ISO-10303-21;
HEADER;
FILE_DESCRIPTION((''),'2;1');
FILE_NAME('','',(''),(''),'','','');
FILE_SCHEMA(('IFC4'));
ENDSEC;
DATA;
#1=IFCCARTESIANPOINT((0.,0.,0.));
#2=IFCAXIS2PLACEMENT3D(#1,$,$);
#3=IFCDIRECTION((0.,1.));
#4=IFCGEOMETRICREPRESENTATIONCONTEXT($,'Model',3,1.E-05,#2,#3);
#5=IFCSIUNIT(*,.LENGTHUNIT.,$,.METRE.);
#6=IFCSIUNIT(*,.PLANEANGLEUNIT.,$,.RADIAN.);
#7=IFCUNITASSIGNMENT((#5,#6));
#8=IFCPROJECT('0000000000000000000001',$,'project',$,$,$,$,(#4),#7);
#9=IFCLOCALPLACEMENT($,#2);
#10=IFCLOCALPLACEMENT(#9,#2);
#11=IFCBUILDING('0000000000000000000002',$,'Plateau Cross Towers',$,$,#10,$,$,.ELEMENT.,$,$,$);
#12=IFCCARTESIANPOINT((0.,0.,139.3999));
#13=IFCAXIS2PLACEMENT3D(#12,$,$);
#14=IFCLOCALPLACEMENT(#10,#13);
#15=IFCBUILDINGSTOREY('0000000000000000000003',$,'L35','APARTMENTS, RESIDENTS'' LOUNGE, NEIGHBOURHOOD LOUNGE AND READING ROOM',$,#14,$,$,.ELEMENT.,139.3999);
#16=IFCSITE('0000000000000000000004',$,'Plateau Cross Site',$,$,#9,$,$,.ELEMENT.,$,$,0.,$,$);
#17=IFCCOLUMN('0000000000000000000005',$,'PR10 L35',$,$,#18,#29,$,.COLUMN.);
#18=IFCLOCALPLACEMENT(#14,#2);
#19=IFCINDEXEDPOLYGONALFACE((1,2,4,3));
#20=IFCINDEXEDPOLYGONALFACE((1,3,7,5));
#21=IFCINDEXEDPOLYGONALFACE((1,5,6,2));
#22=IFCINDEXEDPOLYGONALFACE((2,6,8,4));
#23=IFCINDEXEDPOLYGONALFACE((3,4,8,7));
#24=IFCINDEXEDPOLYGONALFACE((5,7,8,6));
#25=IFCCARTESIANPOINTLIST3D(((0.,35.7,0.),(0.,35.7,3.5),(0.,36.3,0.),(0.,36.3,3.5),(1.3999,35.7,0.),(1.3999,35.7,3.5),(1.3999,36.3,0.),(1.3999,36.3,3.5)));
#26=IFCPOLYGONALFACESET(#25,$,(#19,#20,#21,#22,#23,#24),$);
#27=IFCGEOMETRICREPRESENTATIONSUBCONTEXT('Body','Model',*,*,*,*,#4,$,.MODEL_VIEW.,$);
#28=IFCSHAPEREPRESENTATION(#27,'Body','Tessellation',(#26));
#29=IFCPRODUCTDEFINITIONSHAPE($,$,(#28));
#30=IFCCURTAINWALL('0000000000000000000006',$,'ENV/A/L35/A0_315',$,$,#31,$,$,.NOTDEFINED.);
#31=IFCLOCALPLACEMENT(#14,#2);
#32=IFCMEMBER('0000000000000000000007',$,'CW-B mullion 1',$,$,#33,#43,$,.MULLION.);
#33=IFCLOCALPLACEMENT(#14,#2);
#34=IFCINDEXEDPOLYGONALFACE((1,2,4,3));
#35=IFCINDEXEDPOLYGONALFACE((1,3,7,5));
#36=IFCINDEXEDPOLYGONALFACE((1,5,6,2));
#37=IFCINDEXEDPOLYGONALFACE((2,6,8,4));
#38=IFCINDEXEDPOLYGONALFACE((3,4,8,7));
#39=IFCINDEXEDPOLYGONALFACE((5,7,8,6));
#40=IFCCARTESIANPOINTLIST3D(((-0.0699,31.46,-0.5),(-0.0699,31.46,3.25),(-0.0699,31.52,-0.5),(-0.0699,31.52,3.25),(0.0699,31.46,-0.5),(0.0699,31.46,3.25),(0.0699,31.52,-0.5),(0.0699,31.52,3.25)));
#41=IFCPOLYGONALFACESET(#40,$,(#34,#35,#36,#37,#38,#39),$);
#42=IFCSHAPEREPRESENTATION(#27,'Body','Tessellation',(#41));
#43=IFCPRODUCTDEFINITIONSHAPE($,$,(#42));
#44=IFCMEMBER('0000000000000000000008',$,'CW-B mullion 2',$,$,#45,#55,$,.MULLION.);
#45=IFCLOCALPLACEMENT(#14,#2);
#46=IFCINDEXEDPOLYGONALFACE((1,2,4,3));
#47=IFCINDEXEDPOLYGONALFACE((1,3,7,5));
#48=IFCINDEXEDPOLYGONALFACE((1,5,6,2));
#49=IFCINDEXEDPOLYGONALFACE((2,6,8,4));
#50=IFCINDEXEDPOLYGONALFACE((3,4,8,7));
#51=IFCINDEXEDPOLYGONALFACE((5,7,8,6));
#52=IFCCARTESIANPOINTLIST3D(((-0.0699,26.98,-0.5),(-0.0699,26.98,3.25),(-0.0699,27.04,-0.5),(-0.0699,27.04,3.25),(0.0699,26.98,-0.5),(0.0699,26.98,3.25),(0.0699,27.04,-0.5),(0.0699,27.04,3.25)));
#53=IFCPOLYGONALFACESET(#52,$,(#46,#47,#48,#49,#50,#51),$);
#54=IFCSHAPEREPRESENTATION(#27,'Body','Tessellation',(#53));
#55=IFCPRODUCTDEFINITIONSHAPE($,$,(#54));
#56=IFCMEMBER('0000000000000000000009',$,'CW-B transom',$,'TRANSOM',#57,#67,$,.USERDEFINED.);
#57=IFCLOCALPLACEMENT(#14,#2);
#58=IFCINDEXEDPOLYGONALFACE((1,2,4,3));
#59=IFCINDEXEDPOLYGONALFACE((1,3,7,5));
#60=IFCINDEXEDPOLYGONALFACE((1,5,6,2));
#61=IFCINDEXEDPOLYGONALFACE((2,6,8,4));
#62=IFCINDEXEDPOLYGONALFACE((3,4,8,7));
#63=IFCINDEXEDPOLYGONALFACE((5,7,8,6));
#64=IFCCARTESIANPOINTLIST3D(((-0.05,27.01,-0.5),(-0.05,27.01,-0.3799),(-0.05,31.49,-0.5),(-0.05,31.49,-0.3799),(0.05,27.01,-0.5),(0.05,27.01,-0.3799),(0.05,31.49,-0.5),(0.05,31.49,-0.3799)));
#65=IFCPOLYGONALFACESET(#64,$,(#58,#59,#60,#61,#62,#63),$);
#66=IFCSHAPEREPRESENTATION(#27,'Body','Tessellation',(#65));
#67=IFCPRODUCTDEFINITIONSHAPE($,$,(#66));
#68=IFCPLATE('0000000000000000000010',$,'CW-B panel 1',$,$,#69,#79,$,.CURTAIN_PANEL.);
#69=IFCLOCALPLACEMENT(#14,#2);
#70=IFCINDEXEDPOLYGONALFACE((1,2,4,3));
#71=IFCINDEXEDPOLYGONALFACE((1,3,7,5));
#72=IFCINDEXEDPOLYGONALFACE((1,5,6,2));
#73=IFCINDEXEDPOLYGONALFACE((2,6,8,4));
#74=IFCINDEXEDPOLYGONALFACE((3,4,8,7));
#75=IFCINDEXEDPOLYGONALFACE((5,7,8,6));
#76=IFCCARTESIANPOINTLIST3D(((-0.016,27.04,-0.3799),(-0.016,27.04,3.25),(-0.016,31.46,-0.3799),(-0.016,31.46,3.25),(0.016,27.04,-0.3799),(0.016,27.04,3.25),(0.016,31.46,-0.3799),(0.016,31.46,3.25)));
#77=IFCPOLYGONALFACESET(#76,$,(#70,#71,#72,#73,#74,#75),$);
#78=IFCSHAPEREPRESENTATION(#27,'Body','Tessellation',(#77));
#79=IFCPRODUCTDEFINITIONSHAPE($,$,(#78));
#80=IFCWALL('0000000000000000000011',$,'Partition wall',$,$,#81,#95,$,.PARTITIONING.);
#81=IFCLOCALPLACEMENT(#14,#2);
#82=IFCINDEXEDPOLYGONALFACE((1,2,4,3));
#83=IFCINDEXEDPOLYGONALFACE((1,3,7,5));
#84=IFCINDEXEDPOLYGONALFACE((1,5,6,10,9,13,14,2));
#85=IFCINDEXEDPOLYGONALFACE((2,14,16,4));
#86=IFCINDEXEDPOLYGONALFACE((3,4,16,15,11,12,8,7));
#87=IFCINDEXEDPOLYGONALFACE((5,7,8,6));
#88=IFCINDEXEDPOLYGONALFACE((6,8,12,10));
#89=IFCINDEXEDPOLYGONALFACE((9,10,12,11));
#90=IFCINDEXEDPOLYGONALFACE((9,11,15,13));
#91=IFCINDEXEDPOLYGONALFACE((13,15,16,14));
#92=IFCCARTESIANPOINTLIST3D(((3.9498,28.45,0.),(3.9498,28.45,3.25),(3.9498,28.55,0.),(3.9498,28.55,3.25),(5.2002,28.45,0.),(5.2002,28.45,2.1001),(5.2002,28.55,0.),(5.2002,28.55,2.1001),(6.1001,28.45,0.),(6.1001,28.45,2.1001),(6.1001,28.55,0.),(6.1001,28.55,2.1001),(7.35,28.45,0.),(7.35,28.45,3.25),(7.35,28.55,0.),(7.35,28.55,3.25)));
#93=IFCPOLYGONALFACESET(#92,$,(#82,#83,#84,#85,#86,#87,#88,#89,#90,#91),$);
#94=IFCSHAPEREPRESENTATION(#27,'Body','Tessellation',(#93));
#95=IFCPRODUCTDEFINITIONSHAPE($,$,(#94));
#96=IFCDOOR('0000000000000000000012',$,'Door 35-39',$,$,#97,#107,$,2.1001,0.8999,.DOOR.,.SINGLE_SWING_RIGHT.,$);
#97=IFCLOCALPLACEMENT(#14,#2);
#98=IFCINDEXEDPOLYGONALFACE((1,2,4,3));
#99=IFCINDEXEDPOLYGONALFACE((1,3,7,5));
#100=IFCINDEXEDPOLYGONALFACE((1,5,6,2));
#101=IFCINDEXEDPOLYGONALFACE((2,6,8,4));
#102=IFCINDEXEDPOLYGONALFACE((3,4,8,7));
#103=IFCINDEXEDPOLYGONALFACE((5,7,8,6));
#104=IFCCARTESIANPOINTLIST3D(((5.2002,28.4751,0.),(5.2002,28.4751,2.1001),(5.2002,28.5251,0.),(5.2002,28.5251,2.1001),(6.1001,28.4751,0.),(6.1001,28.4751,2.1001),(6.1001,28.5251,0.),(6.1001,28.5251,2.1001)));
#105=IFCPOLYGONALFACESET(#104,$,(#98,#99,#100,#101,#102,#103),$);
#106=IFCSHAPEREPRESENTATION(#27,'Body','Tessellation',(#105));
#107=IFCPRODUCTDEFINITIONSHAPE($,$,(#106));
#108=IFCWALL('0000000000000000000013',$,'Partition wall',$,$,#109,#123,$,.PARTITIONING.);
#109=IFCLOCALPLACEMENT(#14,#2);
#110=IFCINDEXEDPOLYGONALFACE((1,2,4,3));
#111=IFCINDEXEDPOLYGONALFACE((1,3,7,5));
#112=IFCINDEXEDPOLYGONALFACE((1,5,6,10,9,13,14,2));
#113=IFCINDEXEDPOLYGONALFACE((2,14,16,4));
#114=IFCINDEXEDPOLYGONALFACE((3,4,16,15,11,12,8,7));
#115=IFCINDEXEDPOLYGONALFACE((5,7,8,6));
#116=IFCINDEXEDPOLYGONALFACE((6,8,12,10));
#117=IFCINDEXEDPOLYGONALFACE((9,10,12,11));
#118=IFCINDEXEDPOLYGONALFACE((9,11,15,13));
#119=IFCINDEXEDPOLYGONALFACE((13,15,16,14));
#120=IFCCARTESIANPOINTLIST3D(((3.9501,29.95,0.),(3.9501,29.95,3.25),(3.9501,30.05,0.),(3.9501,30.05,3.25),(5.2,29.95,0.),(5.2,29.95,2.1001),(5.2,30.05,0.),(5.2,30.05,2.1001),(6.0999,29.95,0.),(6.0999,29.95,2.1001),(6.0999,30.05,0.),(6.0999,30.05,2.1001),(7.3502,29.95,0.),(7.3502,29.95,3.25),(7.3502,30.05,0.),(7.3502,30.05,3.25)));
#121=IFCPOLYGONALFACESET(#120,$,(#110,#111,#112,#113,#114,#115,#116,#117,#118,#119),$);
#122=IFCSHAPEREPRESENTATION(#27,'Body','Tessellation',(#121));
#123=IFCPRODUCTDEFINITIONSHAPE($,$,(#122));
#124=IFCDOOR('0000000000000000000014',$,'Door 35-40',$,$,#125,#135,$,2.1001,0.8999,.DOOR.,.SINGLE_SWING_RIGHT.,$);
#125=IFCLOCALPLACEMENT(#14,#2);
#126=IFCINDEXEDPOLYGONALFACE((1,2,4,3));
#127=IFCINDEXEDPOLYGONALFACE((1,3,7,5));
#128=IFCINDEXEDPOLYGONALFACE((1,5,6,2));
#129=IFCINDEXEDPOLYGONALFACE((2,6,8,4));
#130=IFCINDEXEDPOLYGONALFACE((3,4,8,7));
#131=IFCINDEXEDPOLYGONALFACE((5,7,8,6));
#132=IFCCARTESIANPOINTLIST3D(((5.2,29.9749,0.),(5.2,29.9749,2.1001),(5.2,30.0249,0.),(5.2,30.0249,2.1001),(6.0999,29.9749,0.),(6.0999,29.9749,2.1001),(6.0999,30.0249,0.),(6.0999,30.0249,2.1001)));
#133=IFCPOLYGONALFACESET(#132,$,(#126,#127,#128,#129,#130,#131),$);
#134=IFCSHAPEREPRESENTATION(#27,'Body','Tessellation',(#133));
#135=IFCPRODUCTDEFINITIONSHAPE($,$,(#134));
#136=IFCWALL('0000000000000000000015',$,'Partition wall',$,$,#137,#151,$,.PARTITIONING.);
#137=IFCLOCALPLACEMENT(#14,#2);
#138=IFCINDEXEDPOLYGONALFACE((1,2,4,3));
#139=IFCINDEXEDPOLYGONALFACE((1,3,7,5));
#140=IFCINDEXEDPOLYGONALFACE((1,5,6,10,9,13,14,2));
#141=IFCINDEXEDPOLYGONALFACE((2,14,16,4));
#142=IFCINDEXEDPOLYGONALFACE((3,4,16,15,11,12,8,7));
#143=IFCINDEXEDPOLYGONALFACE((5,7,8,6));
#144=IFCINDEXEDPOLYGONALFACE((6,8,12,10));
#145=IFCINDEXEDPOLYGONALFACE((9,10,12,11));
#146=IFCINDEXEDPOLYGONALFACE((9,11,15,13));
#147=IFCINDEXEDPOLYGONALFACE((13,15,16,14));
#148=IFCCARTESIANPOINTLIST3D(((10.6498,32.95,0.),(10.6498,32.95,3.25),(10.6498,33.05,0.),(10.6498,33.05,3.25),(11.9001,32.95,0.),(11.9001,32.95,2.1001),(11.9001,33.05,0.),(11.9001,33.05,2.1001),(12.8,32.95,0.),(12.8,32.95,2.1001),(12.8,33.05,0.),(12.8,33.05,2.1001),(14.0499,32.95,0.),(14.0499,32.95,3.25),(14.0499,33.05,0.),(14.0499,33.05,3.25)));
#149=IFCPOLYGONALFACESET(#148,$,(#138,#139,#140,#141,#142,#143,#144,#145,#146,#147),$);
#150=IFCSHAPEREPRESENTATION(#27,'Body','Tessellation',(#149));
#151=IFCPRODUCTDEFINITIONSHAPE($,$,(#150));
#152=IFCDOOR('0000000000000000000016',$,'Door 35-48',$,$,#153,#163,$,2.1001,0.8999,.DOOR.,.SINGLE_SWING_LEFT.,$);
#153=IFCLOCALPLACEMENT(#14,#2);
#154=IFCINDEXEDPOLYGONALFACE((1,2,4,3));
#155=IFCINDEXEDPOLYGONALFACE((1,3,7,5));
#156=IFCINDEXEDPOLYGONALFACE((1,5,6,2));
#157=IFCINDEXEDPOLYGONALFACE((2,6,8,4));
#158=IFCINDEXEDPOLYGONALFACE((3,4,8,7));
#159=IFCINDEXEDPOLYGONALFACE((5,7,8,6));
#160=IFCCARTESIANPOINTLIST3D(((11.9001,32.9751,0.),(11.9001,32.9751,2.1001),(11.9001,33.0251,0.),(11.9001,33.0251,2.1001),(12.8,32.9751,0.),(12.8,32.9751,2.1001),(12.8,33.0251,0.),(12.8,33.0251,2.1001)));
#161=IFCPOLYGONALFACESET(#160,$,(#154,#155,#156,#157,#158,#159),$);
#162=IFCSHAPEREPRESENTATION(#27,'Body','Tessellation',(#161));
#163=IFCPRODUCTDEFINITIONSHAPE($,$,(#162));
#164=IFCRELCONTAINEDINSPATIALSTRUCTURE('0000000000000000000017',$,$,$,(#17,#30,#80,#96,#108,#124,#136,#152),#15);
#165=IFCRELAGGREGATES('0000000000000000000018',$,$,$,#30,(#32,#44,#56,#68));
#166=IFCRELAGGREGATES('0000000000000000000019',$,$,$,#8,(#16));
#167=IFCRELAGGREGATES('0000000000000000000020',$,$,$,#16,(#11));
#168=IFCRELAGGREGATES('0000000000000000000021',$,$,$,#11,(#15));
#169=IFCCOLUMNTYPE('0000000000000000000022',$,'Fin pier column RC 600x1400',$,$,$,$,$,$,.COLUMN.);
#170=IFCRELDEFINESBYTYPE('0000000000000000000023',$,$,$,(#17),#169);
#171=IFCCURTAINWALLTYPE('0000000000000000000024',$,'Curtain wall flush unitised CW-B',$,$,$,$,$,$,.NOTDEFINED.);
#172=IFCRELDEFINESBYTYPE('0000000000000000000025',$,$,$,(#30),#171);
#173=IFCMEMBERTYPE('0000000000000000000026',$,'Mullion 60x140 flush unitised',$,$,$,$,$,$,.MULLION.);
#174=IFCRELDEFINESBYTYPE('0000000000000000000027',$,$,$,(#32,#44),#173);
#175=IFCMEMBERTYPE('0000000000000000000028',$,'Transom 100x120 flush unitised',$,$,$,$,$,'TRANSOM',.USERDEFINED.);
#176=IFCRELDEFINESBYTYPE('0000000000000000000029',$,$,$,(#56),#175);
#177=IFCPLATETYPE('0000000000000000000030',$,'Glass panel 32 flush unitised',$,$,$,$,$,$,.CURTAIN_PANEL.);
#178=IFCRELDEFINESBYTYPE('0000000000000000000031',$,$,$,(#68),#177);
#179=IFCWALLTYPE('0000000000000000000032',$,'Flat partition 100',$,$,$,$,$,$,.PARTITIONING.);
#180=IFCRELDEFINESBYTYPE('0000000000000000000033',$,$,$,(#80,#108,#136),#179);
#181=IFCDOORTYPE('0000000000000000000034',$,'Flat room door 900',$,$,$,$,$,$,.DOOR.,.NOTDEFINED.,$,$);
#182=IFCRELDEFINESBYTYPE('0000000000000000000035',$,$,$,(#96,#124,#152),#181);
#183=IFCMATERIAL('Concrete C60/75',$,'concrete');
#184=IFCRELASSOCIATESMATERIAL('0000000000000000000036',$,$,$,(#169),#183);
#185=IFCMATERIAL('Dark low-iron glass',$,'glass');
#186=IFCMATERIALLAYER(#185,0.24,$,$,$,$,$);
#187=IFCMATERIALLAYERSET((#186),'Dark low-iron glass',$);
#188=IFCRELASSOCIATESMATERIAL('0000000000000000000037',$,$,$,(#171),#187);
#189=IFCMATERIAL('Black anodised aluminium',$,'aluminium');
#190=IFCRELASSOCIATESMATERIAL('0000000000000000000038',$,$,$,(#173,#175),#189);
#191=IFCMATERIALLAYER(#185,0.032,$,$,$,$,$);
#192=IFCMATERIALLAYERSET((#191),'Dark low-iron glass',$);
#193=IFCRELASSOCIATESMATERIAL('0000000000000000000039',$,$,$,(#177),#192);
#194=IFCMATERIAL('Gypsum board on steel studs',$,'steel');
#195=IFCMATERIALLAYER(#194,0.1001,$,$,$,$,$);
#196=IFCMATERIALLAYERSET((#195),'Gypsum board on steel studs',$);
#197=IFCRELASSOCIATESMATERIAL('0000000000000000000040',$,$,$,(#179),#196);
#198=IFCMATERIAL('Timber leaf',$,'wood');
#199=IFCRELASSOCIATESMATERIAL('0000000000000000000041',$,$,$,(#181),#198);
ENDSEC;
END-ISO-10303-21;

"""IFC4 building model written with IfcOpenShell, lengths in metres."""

from ifc_helpers import new_model, si_unit, direction, frame, frame_2d, origin, origin_2d, place, context, subcontext, project, spatial, rectangle, extrude, material, layer, layer_set, material_profile, profile_set, type_object, element, fill, aggregate, save


model = new_model("IFC4")

# Units and contexts
model_context = context("Model", 3, precision=1e-05, world=origin(), true_north=direction((0.0, 1.0)))
body_context = subcontext(model_context, "Body", "Model", "MODEL_VIEW")
ifc_project = project(units=[si_unit("LENGTHUNIT", "METRE"), si_unit("PLANEANGLEUNIT", "RADIAN")], contexts=[model_context])

# Site, building, storey
site_placement = place(None, origin())
site = spatial("IfcSite", under=ifc_project, at=site_placement, Name="Plateau Cross Site", CompositionType="ELEMENT", RefElevation=0.0)
building_placement = place(site_placement, origin())
building = spatial("IfcBuilding", under=site, at=building_placement, Name="Plateau Cross Towers", CompositionType="ELEMENT")
storey_placement = place(building_placement, frame((0.0, 0.0, 139.3999)))
storey = spatial("IfcBuildingStorey", under=building, at=storey_placement, Name="L35", Description="APARTMENTS, RESIDENTS' LOUNGE, NEIGHBOURHOOD LOUNGE AND READING ROOM", CompositionType="ELEMENT", Elevation=139.3999)

# Column
ifc_material_1 = material(Name="Concrete C60/75", Category="concrete")
ifc_material_profile_1 = material_profile(ifc_material_1, rectangle(XDim=0.6001, YDim=1.3999, at=origin_2d()), Name="RC 600x1400")
ifc_profile_set_1 = profile_set([ifc_material_profile_1], Name="Concrete C60/75")
column_type = type_object("IfcColumnType", Name="Fin pier column RC 600x1400", PredefinedType="COLUMN", material=ifc_profile_set_1)
column_placement = place(storey_placement, frame((0.7, 36.0, 0.0), z_axis=(0.0, 0.0, 1.0), x_axis=(0.0, 1.0, 0.0)))
element("IfcColumn", 1, at=column_placement, inside=storey, type_object=column_type, Name="PR10 L35", PredefinedType="COLUMN", context=body_context, shape_type="SweptSolid", body=[
    extrude(rectangle(XDim=0.6001, YDim=1.3999, at=origin_2d()), origin(), (0.0, 0.0, 1.0), 3.5),
])

# Curtain wall, members, plate
ifc_material_2 = material(Name="Dark low-iron glass", Category="glass")
ifc_layer_1 = layer(ifc_material_2, 0.24)
ifc_layer_set_1 = layer_set([ifc_layer_1], Name="Dark low-iron glass")
curtain_wall_type = type_object("IfcCurtainWallType", Name="Curtain wall flush unitised CW-B", PredefinedType="NOTDEFINED", material=ifc_layer_set_1)
curtain_wall_placement = place(storey_placement, origin())
curtain_wall = element("IfcCurtainWall", 2, at=curtain_wall_placement, inside=storey, type_object=curtain_wall_type, Name="ENV/A/L35/A0_315", PredefinedType="NOTDEFINED")
ifc_material_3 = material(Name="Black anodised aluminium", Category="aluminium")
ifc_material_profile_2 = material_profile(ifc_material_3, rectangle(XDim=0.0601, YDim=0.1399, at=origin_2d()), Name="MULLION 60x140")
ifc_profile_set_2 = profile_set([ifc_material_profile_2], Name="Black anodised aluminium")
member_type_1 = type_object("IfcMemberType", Name="Mullion 60x140 flush unitised", PredefinedType="MULLION", material=ifc_profile_set_2)
member_1_placement = place(storey_placement, frame((0.0, 31.49, -0.5), z_axis=(0.0, 0.0, 1.0), x_axis=(0.0, -1.0, 0.0)))
member_1 = element("IfcMember", 3, at=member_1_placement, type_object=member_type_1, Name="CW-B mullion 1", PredefinedType="MULLION", context=body_context, shape_type="SweptSolid", body=[
    extrude(rectangle(XDim=0.0601, YDim=0.1399, at=origin_2d()), origin(), (0.0, 0.0, 1.0), 3.75),
])
member_2_placement = place(storey_placement, frame((0.0, 27.01, -0.5), z_axis=(0.0, 0.0, 1.0), x_axis=(0.0, -1.0, 0.0)))
member_2 = element("IfcMember", 4, at=member_2_placement, type_object=member_type_1, Name="CW-B mullion 2", PredefinedType="MULLION", context=body_context, shape_type="SweptSolid", body=[
    extrude(rectangle(XDim=0.0601, YDim=0.1399, at=origin_2d()), origin(), (0.0, 0.0, 1.0), 3.75),
])
ifc_material_profile_3 = material_profile(ifc_material_3, rectangle(XDim=0.1001, YDim=0.1201, at=origin_2d()), Name="TRANSOM 100x120")
ifc_profile_set_3 = profile_set([ifc_material_profile_3], Name="Black anodised aluminium")
member_type_2 = type_object("IfcMemberType", Name="Transom 100x120 flush unitised", ElementType="TRANSOM", PredefinedType="USERDEFINED", material=ifc_profile_set_3)
member_3_placement = place(storey_placement, frame((0.0, 31.49, -0.4399), z_axis=(0.0, -1.0, 0.0), x_axis=(1.0, 0.0, 0.0)))
member_3 = element("IfcMember", 5, at=member_3_placement, type_object=member_type_2, Name="CW-B transom", ObjectType="TRANSOM", PredefinedType="USERDEFINED", context=body_context, shape_type="SweptSolid", body=[
    extrude(rectangle(XDim=0.1001, YDim=0.1201, at=origin_2d()), origin(), (0.0, 0.0, 1.0), 4.48),
])
ifc_layer_2 = layer(ifc_material_2, 0.032)
ifc_layer_set_2 = layer_set([ifc_layer_2], Name="Dark low-iron glass")
plate_type = type_object("IfcPlateType", Name="Glass panel 32 flush unitised", PredefinedType="CURTAIN_PANEL", material=ifc_layer_set_2)
plate_placement = place(storey_placement, frame((0.0, 29.25, -0.3799), z_axis=(0.0, 0.0, 1.0), x_axis=(0.0, -1.0, 0.0)))
plate = element("IfcPlate", 6, at=plate_placement, type_object=plate_type, Name="CW-B panel 1", PredefinedType="CURTAIN_PANEL", context=body_context, shape_type="SweptSolid", body=[
    extrude(rectangle(XDim=4.4199, YDim=0.032, at=origin_2d()), origin(), (0.0, 0.0, 1.0), 3.6299),
])
aggregate(curtain_wall, [member_1, member_2, member_3, plate])

# Walls, openings, doors
ifc_material_4 = material(Name="Gypsum board on steel studs", Category="steel")
ifc_layer_3 = layer(ifc_material_4, 0.1001)
ifc_layer_set_3 = layer_set([ifc_layer_3], Name="Gypsum board on steel studs")
wall_type_1 = type_object("IfcWallType", Name="Flat partition 100", PredefinedType="PARTITIONING", material=ifc_layer_set_3)
wall_1_placement = place(storey_placement, frame((7.3501, 28.5, 0.0), z_axis=(0.0, 0.0, 1.0), x_axis=(-1.0, 0.0, 0.0)))
wall_1 = element("IfcWall", 7, at=wall_1_placement, inside=storey, type_object=wall_type_1, Name="Partition wall", PredefinedType="PARTITIONING", context=body_context, shape_type="SweptSolid", body=[
    extrude(rectangle(XDim=3.4001, YDim=0.1001, at=frame_2d((1.7002, 0.0))), origin(), (0.0, 0.0, 1.0), 3.25),
])
opening_1_placement = place(wall_1_placement, frame((1.25, 0.0, 0.0)))
opening_1 = element("IfcOpeningElement", 8, at=opening_1_placement, cuts=wall_1, PredefinedType="OPENING", context=body_context, shape_type="SweptSolid", body=[
    extrude(rectangle(XDim=0.8999, YDim=2.1001, at=frame_2d((0.45, 1.05))), frame((0.0, 0.0601, 0.0), z_axis=(0.0, -1.0, 0.0), x_axis=(1.0, 0.0, 0.0)), (0.0, 0.0, 1.0), 0.1201),
])
ifc_material_5 = material(Name="Timber leaf", Category="wood")
door_type_1 = type_object("IfcDoorType", Name="Flat room door 900", OperationType="NOTDEFINED", PredefinedType="DOOR", material=ifc_material_5)
door_1_placement = place(opening_1_placement, origin())
door_1 = element("IfcDoor", 9, at=door_1_placement, inside=storey, type_object=door_type_1, Name="Door 35-39", OperationType="SINGLE_SWING_RIGHT", OverallHeight=2.1001, OverallWidth=0.8999, PredefinedType="DOOR", context=body_context, shape_type="SweptSolid", body=[
    extrude(rectangle(XDim=0.8999, YDim=2.1001, at=frame_2d((0.45, 1.05))), frame((0.0, 0.0249, 0.0), z_axis=(0.0, -1.0, 0.0), x_axis=(1.0, 0.0, 0.0)), (0.0, 0.0, 1.0), 0.05),
])
fill(opening_1, door_1)
wall_2_placement = place(storey_placement, frame((3.95, 30.0, 0.0), z_axis=(0.0, 0.0, 1.0), x_axis=(1.0, 0.0, 0.0)))
wall_2 = element("IfcWall", 10, at=wall_2_placement, inside=storey, type_object=wall_type_1, Name="Partition wall", PredefinedType="PARTITIONING", context=body_context, shape_type="SweptSolid", body=[
    extrude(rectangle(XDim=3.4001, YDim=0.1001, at=frame_2d((1.7002, 0.0))), origin(), (0.0, 0.0, 1.0), 3.25),
])
opening_2_placement = place(wall_2_placement, frame((1.25, 0.0, 0.0)))
opening_2 = element("IfcOpeningElement", 11, at=opening_2_placement, cuts=wall_2, PredefinedType="OPENING", context=body_context, shape_type="SweptSolid", body=[
    extrude(rectangle(XDim=0.8999, YDim=2.1001, at=frame_2d((0.45, 1.05))), frame((0.0, 0.0601, 0.0), z_axis=(0.0, -1.0, 0.0), x_axis=(1.0, 0.0, 0.0)), (0.0, 0.0, 1.0), 0.1201),
])
door_2_placement = place(opening_2_placement, origin())
door_2 = element("IfcDoor", 12, at=door_2_placement, inside=storey, type_object=door_type_1, Name="Door 35-40", OperationType="SINGLE_SWING_RIGHT", OverallHeight=2.1001, OverallWidth=0.8999, PredefinedType="DOOR", context=body_context, shape_type="SweptSolid", body=[
    extrude(rectangle(XDim=0.8999, YDim=2.1001, at=frame_2d((0.45, 1.05))), frame((0.0, 0.0249, 0.0), z_axis=(0.0, -1.0, 0.0), x_axis=(1.0, 0.0, 0.0)), (0.0, 0.0, 1.0), 0.05),
])
fill(opening_2, door_2)
wall_3_placement = place(storey_placement, frame((14.05, 33.0, 0.0), z_axis=(0.0, 0.0, 1.0), x_axis=(-1.0, 0.0, 0.0)))
wall_3 = element("IfcWall", 13, at=wall_3_placement, inside=storey, type_object=wall_type_1, Name="Partition wall", PredefinedType="PARTITIONING", context=body_context, shape_type="SweptSolid", body=[
    extrude(rectangle(XDim=3.4001, YDim=0.1001, at=frame_2d((1.7002, 0.0))), origin(), (0.0, 0.0, 1.0), 3.25),
])
opening_3_placement = place(wall_3_placement, frame((1.25, 0.0, 0.0)))
opening_3 = element("IfcOpeningElement", 14, at=opening_3_placement, cuts=wall_3, PredefinedType="OPENING", context=body_context, shape_type="SweptSolid", body=[
    extrude(rectangle(XDim=0.8999, YDim=2.1001, at=frame_2d((0.45, 1.05))), frame((0.0, 0.0601, 0.0), z_axis=(0.0, -1.0, 0.0), x_axis=(1.0, 0.0, 0.0)), (0.0, 0.0, 1.0), 0.1201),
])
door_3_placement = place(opening_3_placement, origin())
door_3 = element("IfcDoor", 15, at=door_3_placement, inside=storey, type_object=door_type_1, Name="Door 35-48", OperationType="SINGLE_SWING_LEFT", OverallHeight=2.1001, OverallWidth=0.8999, PredefinedType="DOOR", context=body_context, shape_type="SweptSolid", body=[
    extrude(rectangle(XDim=0.8999, YDim=2.1001, at=frame_2d((0.45, 1.05))), frame((0.0, 0.0249, 0.0), z_axis=(0.0, -1.0, 0.0), x_axis=(1.0, 0.0, 0.0)), (0.0, 0.0, 1.0), 0.05),
])
fill(opening_3, door_3)

save(model, "model.ifc")
